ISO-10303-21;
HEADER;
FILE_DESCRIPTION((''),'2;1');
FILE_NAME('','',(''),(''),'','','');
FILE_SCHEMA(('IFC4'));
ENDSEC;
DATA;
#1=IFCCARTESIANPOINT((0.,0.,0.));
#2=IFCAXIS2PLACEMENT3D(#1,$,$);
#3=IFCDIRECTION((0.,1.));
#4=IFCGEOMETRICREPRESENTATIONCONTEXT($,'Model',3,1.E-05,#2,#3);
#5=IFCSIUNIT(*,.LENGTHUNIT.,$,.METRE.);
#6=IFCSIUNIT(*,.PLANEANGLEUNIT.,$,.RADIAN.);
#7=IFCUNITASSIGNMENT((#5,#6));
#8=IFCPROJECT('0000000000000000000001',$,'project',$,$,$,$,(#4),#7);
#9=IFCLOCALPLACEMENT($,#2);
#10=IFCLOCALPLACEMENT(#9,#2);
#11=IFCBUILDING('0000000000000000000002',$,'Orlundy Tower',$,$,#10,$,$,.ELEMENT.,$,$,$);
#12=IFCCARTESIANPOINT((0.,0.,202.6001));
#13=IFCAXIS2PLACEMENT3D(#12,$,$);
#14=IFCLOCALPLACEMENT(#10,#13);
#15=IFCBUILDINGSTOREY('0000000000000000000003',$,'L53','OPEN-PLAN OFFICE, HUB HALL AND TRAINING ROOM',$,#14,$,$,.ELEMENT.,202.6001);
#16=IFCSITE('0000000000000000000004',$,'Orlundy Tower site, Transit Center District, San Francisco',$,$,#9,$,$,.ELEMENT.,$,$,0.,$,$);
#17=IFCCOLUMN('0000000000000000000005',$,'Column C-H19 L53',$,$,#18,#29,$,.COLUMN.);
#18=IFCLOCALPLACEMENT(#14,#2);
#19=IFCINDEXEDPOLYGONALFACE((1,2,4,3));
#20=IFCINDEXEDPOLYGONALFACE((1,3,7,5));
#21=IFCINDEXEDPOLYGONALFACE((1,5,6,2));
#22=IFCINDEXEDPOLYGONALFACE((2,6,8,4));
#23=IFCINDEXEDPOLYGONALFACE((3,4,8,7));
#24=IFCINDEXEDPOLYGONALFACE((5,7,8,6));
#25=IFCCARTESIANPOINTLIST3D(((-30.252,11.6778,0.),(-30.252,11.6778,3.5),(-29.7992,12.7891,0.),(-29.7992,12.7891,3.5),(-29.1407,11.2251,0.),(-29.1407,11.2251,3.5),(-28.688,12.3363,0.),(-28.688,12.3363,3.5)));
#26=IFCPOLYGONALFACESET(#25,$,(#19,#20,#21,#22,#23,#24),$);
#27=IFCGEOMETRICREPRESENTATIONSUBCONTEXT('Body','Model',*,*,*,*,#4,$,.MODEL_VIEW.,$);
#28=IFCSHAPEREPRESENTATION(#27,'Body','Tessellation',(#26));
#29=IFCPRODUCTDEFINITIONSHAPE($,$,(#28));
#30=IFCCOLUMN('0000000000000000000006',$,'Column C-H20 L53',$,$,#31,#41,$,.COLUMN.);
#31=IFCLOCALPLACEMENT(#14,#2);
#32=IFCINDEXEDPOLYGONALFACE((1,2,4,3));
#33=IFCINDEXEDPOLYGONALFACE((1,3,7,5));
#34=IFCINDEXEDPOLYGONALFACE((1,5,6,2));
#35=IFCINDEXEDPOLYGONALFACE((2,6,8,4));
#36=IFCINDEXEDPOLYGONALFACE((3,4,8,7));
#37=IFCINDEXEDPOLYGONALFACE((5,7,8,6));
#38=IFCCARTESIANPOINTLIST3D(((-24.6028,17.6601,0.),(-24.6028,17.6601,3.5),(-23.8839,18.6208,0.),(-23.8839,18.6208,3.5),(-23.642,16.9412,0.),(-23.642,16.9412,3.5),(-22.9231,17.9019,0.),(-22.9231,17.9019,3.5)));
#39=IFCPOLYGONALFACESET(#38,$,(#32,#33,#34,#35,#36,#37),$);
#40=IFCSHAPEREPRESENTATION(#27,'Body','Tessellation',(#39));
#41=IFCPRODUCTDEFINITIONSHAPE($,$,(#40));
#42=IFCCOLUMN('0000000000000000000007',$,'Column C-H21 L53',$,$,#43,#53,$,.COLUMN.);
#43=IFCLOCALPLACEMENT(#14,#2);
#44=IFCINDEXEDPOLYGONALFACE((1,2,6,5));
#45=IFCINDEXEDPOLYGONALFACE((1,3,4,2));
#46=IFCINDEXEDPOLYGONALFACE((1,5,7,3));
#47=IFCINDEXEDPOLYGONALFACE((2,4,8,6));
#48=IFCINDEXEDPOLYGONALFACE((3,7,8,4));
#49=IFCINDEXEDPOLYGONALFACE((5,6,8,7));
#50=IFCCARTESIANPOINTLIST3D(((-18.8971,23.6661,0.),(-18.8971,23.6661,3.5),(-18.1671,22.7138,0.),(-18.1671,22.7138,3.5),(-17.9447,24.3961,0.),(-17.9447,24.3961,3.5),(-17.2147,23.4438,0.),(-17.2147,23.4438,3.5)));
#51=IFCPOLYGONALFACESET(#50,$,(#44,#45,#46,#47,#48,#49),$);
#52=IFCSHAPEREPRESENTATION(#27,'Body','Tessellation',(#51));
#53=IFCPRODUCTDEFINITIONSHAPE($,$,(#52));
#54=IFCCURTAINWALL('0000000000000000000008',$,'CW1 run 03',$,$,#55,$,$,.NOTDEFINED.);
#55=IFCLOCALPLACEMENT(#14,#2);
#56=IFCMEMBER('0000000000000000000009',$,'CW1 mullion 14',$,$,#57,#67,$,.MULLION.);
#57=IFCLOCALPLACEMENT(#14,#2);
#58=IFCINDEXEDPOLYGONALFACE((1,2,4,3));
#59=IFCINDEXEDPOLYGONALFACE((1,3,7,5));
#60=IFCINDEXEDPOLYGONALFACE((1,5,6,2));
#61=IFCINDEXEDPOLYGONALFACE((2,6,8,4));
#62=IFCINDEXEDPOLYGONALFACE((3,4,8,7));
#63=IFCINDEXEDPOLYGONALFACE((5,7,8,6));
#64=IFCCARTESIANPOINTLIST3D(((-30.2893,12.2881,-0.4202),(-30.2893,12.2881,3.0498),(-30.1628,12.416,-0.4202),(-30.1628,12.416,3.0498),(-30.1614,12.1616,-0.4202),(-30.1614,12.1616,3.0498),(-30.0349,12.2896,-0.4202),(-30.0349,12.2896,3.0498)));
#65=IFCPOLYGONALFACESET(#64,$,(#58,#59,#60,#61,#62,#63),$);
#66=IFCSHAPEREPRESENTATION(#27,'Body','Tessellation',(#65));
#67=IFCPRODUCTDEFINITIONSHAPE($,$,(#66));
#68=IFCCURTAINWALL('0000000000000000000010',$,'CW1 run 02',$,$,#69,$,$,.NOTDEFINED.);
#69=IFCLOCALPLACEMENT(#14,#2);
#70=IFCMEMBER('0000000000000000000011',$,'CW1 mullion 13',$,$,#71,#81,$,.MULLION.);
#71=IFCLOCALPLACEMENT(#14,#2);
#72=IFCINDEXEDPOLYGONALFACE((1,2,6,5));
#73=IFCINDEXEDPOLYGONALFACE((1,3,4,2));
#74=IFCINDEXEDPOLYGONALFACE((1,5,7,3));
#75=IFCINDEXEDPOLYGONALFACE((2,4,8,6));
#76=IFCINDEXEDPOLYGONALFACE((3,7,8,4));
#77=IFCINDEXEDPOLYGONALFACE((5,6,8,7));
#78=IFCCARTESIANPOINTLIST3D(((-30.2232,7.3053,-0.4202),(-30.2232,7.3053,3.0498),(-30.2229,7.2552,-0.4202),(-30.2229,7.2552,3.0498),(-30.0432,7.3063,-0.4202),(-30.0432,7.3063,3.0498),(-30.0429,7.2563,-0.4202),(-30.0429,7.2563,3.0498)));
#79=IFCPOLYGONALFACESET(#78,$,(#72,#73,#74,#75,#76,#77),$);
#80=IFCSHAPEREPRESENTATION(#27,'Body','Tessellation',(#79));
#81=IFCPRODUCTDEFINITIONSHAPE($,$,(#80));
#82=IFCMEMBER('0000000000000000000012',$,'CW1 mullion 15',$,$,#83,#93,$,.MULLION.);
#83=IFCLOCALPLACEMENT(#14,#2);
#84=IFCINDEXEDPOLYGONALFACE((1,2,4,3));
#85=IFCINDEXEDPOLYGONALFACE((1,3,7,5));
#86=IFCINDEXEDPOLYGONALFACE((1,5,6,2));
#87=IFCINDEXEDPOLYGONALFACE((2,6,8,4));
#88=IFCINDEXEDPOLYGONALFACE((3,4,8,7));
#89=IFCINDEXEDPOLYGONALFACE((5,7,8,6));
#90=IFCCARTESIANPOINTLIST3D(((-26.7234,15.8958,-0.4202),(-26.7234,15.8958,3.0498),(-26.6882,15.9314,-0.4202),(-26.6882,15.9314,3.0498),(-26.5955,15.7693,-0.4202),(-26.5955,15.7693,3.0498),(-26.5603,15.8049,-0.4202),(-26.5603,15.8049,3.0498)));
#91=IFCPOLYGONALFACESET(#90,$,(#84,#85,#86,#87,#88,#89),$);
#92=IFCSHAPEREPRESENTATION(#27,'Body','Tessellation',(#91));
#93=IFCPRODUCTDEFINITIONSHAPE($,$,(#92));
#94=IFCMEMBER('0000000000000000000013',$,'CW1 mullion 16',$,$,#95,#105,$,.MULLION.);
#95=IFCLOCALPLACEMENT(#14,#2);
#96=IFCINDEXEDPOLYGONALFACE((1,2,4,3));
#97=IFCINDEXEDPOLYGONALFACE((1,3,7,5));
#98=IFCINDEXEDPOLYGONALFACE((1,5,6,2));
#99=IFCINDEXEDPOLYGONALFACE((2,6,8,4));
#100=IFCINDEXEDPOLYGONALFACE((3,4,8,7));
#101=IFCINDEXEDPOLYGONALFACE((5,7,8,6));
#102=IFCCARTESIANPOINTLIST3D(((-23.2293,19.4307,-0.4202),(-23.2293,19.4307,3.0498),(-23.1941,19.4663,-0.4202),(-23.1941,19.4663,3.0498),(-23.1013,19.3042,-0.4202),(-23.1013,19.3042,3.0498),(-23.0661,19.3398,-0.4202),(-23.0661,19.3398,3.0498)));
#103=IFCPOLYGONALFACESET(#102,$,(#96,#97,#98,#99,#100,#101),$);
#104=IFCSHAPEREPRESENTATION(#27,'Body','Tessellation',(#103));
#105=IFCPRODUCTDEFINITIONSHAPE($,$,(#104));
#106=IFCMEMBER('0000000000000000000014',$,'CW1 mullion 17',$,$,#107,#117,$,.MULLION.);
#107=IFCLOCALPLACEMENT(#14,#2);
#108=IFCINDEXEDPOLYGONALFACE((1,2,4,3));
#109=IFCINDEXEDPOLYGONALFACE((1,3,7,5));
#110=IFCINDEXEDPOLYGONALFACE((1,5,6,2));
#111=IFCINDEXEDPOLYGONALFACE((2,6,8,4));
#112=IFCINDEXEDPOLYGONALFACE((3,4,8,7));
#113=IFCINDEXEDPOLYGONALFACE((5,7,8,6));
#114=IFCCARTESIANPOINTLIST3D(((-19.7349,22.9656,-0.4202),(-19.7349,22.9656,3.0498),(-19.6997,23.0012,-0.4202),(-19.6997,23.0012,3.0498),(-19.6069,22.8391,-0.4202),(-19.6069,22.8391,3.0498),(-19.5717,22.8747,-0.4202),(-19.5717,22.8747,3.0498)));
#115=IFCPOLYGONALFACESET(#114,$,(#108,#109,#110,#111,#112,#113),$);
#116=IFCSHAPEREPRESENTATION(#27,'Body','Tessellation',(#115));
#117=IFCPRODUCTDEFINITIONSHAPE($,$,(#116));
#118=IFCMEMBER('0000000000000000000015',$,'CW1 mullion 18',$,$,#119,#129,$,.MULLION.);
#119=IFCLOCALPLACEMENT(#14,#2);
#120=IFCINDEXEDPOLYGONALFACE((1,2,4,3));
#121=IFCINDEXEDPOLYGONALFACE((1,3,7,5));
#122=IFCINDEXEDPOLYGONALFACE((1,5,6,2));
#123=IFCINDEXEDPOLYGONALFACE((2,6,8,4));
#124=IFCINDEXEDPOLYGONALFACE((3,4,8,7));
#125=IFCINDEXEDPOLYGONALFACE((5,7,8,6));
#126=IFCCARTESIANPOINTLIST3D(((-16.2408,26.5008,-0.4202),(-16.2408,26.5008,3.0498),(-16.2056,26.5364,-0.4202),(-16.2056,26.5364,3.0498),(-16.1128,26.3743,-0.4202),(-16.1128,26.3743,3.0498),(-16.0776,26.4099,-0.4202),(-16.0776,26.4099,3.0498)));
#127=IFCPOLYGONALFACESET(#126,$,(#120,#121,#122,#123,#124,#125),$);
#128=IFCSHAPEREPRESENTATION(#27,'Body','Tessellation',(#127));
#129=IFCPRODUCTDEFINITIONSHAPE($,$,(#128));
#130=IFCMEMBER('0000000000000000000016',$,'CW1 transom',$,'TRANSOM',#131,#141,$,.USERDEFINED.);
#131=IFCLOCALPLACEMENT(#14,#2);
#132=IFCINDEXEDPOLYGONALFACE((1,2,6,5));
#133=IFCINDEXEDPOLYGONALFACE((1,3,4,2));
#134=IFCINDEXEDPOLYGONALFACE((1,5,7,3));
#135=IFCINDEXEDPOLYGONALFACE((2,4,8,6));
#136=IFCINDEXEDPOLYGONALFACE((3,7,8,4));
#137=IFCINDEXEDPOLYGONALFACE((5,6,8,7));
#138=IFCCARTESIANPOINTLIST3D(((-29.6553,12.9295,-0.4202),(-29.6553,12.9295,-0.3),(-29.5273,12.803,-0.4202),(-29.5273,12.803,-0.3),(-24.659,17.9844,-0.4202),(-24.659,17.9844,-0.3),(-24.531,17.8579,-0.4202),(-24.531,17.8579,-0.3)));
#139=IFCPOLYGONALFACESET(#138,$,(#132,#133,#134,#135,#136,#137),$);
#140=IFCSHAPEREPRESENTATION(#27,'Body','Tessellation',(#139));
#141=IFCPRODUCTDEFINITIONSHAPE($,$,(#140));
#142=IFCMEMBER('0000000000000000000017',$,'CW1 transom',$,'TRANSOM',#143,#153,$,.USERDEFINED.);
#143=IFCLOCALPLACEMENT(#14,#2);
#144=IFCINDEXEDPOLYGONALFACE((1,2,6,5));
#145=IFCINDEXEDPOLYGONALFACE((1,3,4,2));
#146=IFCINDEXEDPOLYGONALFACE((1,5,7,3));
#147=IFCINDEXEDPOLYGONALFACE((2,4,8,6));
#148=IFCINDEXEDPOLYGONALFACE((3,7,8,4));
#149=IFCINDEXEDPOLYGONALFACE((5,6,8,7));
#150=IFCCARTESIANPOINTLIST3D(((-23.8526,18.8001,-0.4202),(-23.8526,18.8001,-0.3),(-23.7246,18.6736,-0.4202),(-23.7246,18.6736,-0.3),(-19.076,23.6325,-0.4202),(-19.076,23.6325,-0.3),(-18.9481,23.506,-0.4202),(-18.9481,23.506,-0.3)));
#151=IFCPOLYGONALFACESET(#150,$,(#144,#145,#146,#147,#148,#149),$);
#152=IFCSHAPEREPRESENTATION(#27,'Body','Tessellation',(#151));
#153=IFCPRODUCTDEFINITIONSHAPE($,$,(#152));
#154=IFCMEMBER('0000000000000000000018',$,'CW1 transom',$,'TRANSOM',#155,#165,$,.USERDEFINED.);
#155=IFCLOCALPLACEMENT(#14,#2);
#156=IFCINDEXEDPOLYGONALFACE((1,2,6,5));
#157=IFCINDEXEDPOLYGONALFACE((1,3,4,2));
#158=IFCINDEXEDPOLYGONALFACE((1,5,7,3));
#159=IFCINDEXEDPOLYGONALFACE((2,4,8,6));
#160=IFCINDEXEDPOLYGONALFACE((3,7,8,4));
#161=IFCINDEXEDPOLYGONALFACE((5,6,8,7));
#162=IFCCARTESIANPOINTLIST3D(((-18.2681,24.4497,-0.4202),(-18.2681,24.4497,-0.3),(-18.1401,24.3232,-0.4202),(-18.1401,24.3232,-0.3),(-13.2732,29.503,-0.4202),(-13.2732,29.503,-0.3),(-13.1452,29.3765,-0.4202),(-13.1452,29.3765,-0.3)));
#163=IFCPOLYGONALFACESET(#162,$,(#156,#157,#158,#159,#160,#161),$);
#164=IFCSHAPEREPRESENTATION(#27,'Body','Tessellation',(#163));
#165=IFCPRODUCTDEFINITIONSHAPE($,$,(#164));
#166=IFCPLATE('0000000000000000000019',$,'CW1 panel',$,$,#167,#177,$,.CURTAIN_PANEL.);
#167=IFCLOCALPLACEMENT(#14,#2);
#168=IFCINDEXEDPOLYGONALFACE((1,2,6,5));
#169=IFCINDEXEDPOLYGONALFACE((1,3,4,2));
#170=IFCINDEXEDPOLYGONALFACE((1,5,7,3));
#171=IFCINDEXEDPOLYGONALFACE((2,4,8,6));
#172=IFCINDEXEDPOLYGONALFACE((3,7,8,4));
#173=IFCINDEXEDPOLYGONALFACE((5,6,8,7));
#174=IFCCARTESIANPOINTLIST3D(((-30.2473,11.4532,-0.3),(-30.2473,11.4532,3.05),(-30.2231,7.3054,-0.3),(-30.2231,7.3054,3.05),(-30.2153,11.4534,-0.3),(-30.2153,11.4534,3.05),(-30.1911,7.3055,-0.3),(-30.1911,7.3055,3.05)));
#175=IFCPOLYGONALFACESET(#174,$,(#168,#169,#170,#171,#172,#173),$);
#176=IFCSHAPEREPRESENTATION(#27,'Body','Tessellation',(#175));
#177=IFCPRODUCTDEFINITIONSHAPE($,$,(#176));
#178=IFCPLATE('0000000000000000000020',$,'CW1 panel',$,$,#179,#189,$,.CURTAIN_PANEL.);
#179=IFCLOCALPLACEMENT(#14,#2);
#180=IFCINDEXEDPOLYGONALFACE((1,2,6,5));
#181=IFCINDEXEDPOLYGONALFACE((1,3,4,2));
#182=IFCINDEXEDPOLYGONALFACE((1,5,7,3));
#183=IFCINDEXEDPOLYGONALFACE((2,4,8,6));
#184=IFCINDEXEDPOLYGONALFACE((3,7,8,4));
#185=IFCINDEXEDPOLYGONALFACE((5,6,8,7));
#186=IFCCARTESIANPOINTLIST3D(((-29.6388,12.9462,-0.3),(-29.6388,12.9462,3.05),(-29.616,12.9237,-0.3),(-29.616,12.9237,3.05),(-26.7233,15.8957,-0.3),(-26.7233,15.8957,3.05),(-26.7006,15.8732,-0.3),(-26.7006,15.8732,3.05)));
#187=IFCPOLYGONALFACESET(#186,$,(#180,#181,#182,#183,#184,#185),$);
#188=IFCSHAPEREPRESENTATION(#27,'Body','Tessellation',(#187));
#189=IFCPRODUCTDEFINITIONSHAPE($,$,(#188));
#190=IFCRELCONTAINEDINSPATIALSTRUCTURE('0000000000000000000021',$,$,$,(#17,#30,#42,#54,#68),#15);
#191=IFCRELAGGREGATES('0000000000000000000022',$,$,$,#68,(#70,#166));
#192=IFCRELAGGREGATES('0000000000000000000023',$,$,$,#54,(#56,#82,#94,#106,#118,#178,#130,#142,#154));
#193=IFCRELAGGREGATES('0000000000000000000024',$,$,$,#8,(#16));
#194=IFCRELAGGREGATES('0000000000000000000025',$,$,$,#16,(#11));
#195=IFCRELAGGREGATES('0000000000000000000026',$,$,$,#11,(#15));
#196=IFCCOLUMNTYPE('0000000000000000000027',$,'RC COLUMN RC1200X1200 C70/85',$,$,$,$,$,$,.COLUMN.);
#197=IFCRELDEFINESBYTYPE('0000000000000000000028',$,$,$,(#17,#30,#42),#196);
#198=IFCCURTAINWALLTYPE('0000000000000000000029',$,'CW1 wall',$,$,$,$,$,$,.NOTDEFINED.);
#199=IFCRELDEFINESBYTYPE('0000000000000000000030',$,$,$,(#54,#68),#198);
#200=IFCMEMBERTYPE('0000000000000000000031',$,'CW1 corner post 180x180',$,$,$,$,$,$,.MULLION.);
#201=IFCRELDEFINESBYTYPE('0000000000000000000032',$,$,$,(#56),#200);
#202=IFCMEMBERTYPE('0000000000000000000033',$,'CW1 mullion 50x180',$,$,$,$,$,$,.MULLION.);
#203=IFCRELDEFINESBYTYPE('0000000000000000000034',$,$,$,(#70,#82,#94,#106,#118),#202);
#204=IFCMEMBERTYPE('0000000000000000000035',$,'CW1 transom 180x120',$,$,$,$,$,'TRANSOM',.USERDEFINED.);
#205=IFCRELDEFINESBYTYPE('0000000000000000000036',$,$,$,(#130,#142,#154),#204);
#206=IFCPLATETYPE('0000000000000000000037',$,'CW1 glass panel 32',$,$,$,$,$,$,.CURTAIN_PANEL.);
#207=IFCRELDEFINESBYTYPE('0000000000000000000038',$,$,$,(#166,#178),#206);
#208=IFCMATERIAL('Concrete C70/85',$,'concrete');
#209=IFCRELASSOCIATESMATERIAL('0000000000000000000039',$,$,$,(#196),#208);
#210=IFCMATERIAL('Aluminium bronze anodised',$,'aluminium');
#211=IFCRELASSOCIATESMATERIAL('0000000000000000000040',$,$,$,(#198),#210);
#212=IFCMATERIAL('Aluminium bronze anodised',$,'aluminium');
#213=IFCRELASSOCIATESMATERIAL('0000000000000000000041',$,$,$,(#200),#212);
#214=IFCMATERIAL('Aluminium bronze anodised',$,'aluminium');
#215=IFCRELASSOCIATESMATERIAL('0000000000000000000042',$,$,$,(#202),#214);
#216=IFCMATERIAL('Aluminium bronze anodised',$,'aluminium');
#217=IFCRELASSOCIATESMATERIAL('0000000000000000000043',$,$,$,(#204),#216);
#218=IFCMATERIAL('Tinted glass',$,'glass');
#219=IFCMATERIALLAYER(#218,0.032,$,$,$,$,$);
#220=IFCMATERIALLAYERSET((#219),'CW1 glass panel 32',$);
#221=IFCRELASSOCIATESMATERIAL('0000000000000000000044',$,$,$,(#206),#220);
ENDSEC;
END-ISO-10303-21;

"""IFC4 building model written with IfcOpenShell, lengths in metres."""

from ifc_helpers import new_model, si_unit, direction, frame, origin, origin_2d, place, context, subcontext, project, spatial, rectangle, extrude, material, layer, layer_set, material_profile, profile_set, type_object, element, aggregate, save


model = new_model("IFC4")

# Units and contexts
model_context = context("Model", 3, precision=1e-05, world=origin(), true_north=direction((0.0, 1.0)))
body_context = subcontext(model_context, "Body", "Model", "MODEL_VIEW")
ifc_project = project(units=[si_unit("LENGTHUNIT", "METRE"), si_unit("PLANEANGLEUNIT", "RADIAN")], contexts=[model_context])

# Site, building, storey
site_placement = place(None, origin())
site = spatial("IfcSite", under=ifc_project, at=site_placement, Name="Orlundy Tower site, Transit Center District, San Francisco", CompositionType="ELEMENT", RefElevation=0.0)
building_placement = place(site_placement, origin())
building = spatial("IfcBuilding", under=site, at=building_placement, Name="Orlundy Tower", CompositionType="ELEMENT")
storey_placement = place(building_placement, frame((0.0, 0.0, 202.6001)))
storey = spatial("IfcBuildingStorey", under=building, at=storey_placement, Name="L53", Description="OPEN-PLAN OFFICE, HUB HALL AND TRAINING ROOM", CompositionType="ELEMENT", Elevation=202.6001)

# Columns
ifc_material_1 = material(Name="Concrete C70/85", Category="concrete")
ifc_material_profile_1 = material_profile(ifc_material_1, rectangle(XDim=1.2, YDim=1.2, at=origin_2d()), Name="RC1200X1200")
ifc_profile_set_1 = profile_set([ifc_material_profile_1], Name="Concrete C70/85")
column_type = type_object("IfcColumnType", Name="RC COLUMN RC1200X1200 C70/85", PredefinedType="COLUMN", material=ifc_profile_set_1)
for number, where, z_axis, x_axis, name in (
    (1, (-29.47, 12.0071, 0.0), (0.0, 0.0, 1.0), (-0.926081, 0.377324, 0.0), "Column C-H19 L53"),
    (2, (-23.7629, 17.781, 0.0), (0.0, 0.0, 1.0), (-0.800669, 0.599107, 0.0), "Column C-H20 L53"),
    (3, (-18.0559, 23.5549, 0.0), (0.0, 0.0, 1.0), (-0.608374, 0.793651, 0.0), "Column C-H21 L53"),
):
    element("IfcColumn", number, at=place(storey_placement, frame(where, z_axis=z_axis, x_axis=x_axis)), inside=storey, type_object=column_type, Name=name, PredefinedType="COLUMN", context=body_context, shape_type="SweptSolid", body=[
        extrude(rectangle(XDim=1.2, YDim=1.2, at=origin_2d()), origin(), (0.0, 0.0, 1.0), 3.5),
    ])

# Curtain walls, members
ifc_material_2 = material(Name="Aluminium bronze anodised", Category="aluminium")
curtain_wall_type = type_object("IfcCurtainWallType", Name="CW1 wall", PredefinedType="NOTDEFINED", material=ifc_material_2)
curtain_wall_1_placement = place(storey_placement, origin())
curtain_wall_1 = element("IfcCurtainWall", 4, at=curtain_wall_1_placement, inside=storey, type_object=curtain_wall_type, Name="CW1 run 03", PredefinedType="NOTDEFINED")
ifc_material_3 = material(Name="Aluminium bronze anodised", Category="aluminium")
ifc_material_profile_2 = material_profile(ifc_material_3, rectangle(XDim=0.1799, YDim=0.1799, at=origin_2d()), Name="CW1 corner post 180x180")
ifc_profile_set_2 = profile_set([ifc_material_profile_2], Name="Aluminium bronze anodised")
member_type_1 = type_object("IfcMemberType", Name="CW1 corner post 180x180", PredefinedType="MULLION", material=ifc_profile_set_2)
member_1_placement = place(storey_placement, frame((-30.1621, 12.2888, -0.4202), z_axis=(0.0, 0.0, 1.0), x_axis=(-0.711199, 0.702991, 0.0)))
member_1 = element("IfcMember", 5, at=member_1_placement, type_object=member_type_1, Name="CW1 mullion 14", PredefinedType="MULLION", context=body_context, shape_type="SweptSolid", body=[
    extrude(rectangle(XDim=0.1799, YDim=0.1799, at=origin_2d()), origin(), (0.0, 0.0, 1.0), 3.47),
])
curtain_wall_2_placement = place(storey_placement, origin())
curtain_wall_2 = element("IfcCurtainWall", 6, at=curtain_wall_2_placement, inside=storey, type_object=curtain_wall_type, Name="CW1 run 02", PredefinedType="NOTDEFINED")
ifc_material_4 = material(Name="Aluminium bronze anodised", Category="aluminium")
ifc_material_profile_3 = material_profile(ifc_material_4, rectangle(XDim=0.1799, YDim=0.05, at=origin_2d()), Name="CW1 mullion 50x180")
ifc_profile_set_3 = profile_set([ifc_material_profile_3], Name="Aluminium bronze anodised")
member_type_2 = type_object("IfcMemberType", Name="CW1 mullion 50x180", PredefinedType="MULLION", material=ifc_profile_set_3)
member_2_placement = place(storey_placement, frame((-30.1331, 7.2808, -0.4202), z_axis=(0.0, 0.0, 1.0), x_axis=(-0.999983, -0.005834, 0.0)))
member_2 = element("IfcMember", 7, at=member_2_placement, type_object=member_type_2, Name="CW1 mullion 13", PredefinedType="MULLION", context=body_context, shape_type="SweptSolid", body=[
    extrude(rectangle(XDim=0.1799, YDim=0.05, at=origin_2d()), origin(), (0.0, 0.0, 1.0), 3.47),
])

# Members
member_3_placement = place(storey_placement, frame((-26.6418, 15.8503, -0.4202), z_axis=(0.0, 0.0, 1.0), x_axis=(-0.711199, 0.702991, 0.0)))
member_3 = element("IfcMember", 8, at=member_3_placement, type_object=member_type_2, Name="CW1 mullion 15", PredefinedType="MULLION", context=body_context, shape_type="SweptSolid", body=[
    extrude(rectangle(XDim=0.1799, YDim=0.05, at=origin_2d()), origin(), (0.0, 0.0, 1.0), 3.47),
])
member_4_placement = place(storey_placement, frame((-23.1477, 19.3853, -0.4202), z_axis=(0.0, 0.0, 1.0), x_axis=(-0.711199, 0.702991, 0.0)))
member_4 = element("IfcMember", 9, at=member_4_placement, type_object=member_type_2, Name="CW1 mullion 16", PredefinedType="MULLION", context=body_context, shape_type="SweptSolid", body=[
    extrude(rectangle(XDim=0.1799, YDim=0.05, at=origin_2d()), origin(), (0.0, 0.0, 1.0), 3.47),
])
member_5_placement = place(storey_placement, frame((-19.6533, 22.9202, -0.4202), z_axis=(0.0, 0.0, 1.0), x_axis=(-0.711199, 0.702991, 0.0)))
member_5 = element("IfcMember", 10, at=member_5_placement, type_object=member_type_2, Name="CW1 mullion 17", PredefinedType="MULLION", context=body_context, shape_type="SweptSolid", body=[
    extrude(rectangle(XDim=0.1799, YDim=0.05, at=origin_2d()), origin(), (0.0, 0.0, 1.0), 3.47),
])
member_6_placement = place(storey_placement, frame((-16.1592, 26.4553, -0.4202), z_axis=(0.0, 0.0, 1.0), x_axis=(-0.711199, 0.702991, 0.0)))
member_6 = element("IfcMember", 11, at=member_6_placement, type_object=member_type_2, Name="CW1 mullion 18", PredefinedType="MULLION", context=body_context, shape_type="SweptSolid", body=[
    extrude(rectangle(XDim=0.1799, YDim=0.05, at=origin_2d()), origin(), (0.0, 0.0, 1.0), 3.47),
])
ifc_material_5 = material(Name="Aluminium bronze anodised", Category="aluminium")
ifc_material_profile_4 = material_profile(ifc_material_5, rectangle(XDim=0.1799, YDim=0.1201, at=origin_2d()), Name="CW1 transom 180x120")
ifc_profile_set_4 = profile_set([ifc_material_profile_4], Name="Aluminium bronze anodised")
member_type_3 = type_object("IfcMemberType", Name="CW1 transom 180x120", ElementType="TRANSOM", PredefinedType="USERDEFINED", material=ifc_profile_set_4)
member_7_placement = place(storey_placement, frame((-29.5913, 12.8662, -0.3601), z_axis=(0.702973, 0.711217, 0.0), x_axis=(-0.711217, 0.702973, 0.0)))
member_7 = element("IfcMember", 12, at=member_7_placement, type_object=member_type_3, Name="CW1 transom", ObjectType="TRANSOM", PredefinedType="USERDEFINED", context=body_context, shape_type="SweptSolid", body=[
    extrude(rectangle(XDim=0.1799, YDim=0.1201, at=origin_2d()), origin(), (0.0, 0.0, 1.0), 7.1074),
])
member_8_placement = place(storey_placement, frame((-23.7886, 18.7368, -0.3601), z_axis=(0.702981, 0.711209, 0.0), x_axis=(-0.711209, 0.702981, 0.0)))
member_8 = element("IfcMember", 13, at=member_8_placement, type_object=member_type_3, Name="CW1 transom", ObjectType="TRANSOM", PredefinedType="USERDEFINED", context=body_context, shape_type="SweptSolid", body=[
    extrude(rectangle(XDim=0.1799, YDim=0.1201, at=origin_2d()), origin(), (0.0, 0.0, 1.0), 6.7947),
])
member_9_placement = place(storey_placement, frame((-18.2041, 24.3865, -0.3601), z_axis=(0.702989, 0.711201, 0.0), x_axis=(-0.711201, 0.702989, 0.0)))
member_9 = element("IfcMember", 14, at=member_9_placement, type_object=member_type_3, Name="CW1 transom", ObjectType="TRANSOM", PredefinedType="USERDEFINED", context=body_context, shape_type="SweptSolid", body=[
    extrude(rectangle(XDim=0.1799, YDim=0.1201, at=origin_2d()), origin(), (0.0, 0.0, 1.0), 7.1052),
])

# Plates
ifc_material_6 = material(Name="Tinted glass", Category="glass")
ifc_layer_1 = layer(ifc_material_6, 0.032)
ifc_layer_set_1 = layer_set([ifc_layer_1], Name="CW1 glass panel 32")
plate_type = type_object("IfcPlateType", Name="CW1 glass panel 32", PredefinedType="CURTAIN_PANEL", material=ifc_layer_set_1)
plate_1_placement = place(storey_placement, frame((-30.2192, 9.3794, -0.3), z_axis=(0.0, 0.0, 1.0), x_axis=(-0.005834, 0.999983, 0.0)))
plate_1 = element("IfcPlate", 15, at=plate_1_placement, type_object=plate_type, Name="CW1 panel", PredefinedType="CURTAIN_PANEL", context=body_context, shape_type="SweptSolid", body=[
    extrude(rectangle(XDim=4.1479, YDim=0.032, at=origin_2d()), origin(), (0.0, 0.0, 1.0), 3.3501),
])
aggregate(curtain_wall_2, [member_2, plate_1])
plate_2_placement = place(storey_placement, frame((-28.1697, 14.4097, -0.3), z_axis=(0.0, 0.0, 1.0), x_axis=(0.702991, 0.711199, 0.0)))
plate_2 = element("IfcPlate", 16, at=plate_2_placement, type_object=plate_type, Name="CW1 panel", PredefinedType="CURTAIN_PANEL", context=body_context, shape_type="SweptSolid", body=[
    extrude(rectangle(XDim=4.1472, YDim=0.032, at=origin_2d()), origin(), (0.0, 0.0, 1.0), 3.3501),
])
aggregate(curtain_wall_1, [member_1, member_3, member_4, member_5, member_6, plate_2, member_7, member_8, member_9])

save(model, "model.ifc")
